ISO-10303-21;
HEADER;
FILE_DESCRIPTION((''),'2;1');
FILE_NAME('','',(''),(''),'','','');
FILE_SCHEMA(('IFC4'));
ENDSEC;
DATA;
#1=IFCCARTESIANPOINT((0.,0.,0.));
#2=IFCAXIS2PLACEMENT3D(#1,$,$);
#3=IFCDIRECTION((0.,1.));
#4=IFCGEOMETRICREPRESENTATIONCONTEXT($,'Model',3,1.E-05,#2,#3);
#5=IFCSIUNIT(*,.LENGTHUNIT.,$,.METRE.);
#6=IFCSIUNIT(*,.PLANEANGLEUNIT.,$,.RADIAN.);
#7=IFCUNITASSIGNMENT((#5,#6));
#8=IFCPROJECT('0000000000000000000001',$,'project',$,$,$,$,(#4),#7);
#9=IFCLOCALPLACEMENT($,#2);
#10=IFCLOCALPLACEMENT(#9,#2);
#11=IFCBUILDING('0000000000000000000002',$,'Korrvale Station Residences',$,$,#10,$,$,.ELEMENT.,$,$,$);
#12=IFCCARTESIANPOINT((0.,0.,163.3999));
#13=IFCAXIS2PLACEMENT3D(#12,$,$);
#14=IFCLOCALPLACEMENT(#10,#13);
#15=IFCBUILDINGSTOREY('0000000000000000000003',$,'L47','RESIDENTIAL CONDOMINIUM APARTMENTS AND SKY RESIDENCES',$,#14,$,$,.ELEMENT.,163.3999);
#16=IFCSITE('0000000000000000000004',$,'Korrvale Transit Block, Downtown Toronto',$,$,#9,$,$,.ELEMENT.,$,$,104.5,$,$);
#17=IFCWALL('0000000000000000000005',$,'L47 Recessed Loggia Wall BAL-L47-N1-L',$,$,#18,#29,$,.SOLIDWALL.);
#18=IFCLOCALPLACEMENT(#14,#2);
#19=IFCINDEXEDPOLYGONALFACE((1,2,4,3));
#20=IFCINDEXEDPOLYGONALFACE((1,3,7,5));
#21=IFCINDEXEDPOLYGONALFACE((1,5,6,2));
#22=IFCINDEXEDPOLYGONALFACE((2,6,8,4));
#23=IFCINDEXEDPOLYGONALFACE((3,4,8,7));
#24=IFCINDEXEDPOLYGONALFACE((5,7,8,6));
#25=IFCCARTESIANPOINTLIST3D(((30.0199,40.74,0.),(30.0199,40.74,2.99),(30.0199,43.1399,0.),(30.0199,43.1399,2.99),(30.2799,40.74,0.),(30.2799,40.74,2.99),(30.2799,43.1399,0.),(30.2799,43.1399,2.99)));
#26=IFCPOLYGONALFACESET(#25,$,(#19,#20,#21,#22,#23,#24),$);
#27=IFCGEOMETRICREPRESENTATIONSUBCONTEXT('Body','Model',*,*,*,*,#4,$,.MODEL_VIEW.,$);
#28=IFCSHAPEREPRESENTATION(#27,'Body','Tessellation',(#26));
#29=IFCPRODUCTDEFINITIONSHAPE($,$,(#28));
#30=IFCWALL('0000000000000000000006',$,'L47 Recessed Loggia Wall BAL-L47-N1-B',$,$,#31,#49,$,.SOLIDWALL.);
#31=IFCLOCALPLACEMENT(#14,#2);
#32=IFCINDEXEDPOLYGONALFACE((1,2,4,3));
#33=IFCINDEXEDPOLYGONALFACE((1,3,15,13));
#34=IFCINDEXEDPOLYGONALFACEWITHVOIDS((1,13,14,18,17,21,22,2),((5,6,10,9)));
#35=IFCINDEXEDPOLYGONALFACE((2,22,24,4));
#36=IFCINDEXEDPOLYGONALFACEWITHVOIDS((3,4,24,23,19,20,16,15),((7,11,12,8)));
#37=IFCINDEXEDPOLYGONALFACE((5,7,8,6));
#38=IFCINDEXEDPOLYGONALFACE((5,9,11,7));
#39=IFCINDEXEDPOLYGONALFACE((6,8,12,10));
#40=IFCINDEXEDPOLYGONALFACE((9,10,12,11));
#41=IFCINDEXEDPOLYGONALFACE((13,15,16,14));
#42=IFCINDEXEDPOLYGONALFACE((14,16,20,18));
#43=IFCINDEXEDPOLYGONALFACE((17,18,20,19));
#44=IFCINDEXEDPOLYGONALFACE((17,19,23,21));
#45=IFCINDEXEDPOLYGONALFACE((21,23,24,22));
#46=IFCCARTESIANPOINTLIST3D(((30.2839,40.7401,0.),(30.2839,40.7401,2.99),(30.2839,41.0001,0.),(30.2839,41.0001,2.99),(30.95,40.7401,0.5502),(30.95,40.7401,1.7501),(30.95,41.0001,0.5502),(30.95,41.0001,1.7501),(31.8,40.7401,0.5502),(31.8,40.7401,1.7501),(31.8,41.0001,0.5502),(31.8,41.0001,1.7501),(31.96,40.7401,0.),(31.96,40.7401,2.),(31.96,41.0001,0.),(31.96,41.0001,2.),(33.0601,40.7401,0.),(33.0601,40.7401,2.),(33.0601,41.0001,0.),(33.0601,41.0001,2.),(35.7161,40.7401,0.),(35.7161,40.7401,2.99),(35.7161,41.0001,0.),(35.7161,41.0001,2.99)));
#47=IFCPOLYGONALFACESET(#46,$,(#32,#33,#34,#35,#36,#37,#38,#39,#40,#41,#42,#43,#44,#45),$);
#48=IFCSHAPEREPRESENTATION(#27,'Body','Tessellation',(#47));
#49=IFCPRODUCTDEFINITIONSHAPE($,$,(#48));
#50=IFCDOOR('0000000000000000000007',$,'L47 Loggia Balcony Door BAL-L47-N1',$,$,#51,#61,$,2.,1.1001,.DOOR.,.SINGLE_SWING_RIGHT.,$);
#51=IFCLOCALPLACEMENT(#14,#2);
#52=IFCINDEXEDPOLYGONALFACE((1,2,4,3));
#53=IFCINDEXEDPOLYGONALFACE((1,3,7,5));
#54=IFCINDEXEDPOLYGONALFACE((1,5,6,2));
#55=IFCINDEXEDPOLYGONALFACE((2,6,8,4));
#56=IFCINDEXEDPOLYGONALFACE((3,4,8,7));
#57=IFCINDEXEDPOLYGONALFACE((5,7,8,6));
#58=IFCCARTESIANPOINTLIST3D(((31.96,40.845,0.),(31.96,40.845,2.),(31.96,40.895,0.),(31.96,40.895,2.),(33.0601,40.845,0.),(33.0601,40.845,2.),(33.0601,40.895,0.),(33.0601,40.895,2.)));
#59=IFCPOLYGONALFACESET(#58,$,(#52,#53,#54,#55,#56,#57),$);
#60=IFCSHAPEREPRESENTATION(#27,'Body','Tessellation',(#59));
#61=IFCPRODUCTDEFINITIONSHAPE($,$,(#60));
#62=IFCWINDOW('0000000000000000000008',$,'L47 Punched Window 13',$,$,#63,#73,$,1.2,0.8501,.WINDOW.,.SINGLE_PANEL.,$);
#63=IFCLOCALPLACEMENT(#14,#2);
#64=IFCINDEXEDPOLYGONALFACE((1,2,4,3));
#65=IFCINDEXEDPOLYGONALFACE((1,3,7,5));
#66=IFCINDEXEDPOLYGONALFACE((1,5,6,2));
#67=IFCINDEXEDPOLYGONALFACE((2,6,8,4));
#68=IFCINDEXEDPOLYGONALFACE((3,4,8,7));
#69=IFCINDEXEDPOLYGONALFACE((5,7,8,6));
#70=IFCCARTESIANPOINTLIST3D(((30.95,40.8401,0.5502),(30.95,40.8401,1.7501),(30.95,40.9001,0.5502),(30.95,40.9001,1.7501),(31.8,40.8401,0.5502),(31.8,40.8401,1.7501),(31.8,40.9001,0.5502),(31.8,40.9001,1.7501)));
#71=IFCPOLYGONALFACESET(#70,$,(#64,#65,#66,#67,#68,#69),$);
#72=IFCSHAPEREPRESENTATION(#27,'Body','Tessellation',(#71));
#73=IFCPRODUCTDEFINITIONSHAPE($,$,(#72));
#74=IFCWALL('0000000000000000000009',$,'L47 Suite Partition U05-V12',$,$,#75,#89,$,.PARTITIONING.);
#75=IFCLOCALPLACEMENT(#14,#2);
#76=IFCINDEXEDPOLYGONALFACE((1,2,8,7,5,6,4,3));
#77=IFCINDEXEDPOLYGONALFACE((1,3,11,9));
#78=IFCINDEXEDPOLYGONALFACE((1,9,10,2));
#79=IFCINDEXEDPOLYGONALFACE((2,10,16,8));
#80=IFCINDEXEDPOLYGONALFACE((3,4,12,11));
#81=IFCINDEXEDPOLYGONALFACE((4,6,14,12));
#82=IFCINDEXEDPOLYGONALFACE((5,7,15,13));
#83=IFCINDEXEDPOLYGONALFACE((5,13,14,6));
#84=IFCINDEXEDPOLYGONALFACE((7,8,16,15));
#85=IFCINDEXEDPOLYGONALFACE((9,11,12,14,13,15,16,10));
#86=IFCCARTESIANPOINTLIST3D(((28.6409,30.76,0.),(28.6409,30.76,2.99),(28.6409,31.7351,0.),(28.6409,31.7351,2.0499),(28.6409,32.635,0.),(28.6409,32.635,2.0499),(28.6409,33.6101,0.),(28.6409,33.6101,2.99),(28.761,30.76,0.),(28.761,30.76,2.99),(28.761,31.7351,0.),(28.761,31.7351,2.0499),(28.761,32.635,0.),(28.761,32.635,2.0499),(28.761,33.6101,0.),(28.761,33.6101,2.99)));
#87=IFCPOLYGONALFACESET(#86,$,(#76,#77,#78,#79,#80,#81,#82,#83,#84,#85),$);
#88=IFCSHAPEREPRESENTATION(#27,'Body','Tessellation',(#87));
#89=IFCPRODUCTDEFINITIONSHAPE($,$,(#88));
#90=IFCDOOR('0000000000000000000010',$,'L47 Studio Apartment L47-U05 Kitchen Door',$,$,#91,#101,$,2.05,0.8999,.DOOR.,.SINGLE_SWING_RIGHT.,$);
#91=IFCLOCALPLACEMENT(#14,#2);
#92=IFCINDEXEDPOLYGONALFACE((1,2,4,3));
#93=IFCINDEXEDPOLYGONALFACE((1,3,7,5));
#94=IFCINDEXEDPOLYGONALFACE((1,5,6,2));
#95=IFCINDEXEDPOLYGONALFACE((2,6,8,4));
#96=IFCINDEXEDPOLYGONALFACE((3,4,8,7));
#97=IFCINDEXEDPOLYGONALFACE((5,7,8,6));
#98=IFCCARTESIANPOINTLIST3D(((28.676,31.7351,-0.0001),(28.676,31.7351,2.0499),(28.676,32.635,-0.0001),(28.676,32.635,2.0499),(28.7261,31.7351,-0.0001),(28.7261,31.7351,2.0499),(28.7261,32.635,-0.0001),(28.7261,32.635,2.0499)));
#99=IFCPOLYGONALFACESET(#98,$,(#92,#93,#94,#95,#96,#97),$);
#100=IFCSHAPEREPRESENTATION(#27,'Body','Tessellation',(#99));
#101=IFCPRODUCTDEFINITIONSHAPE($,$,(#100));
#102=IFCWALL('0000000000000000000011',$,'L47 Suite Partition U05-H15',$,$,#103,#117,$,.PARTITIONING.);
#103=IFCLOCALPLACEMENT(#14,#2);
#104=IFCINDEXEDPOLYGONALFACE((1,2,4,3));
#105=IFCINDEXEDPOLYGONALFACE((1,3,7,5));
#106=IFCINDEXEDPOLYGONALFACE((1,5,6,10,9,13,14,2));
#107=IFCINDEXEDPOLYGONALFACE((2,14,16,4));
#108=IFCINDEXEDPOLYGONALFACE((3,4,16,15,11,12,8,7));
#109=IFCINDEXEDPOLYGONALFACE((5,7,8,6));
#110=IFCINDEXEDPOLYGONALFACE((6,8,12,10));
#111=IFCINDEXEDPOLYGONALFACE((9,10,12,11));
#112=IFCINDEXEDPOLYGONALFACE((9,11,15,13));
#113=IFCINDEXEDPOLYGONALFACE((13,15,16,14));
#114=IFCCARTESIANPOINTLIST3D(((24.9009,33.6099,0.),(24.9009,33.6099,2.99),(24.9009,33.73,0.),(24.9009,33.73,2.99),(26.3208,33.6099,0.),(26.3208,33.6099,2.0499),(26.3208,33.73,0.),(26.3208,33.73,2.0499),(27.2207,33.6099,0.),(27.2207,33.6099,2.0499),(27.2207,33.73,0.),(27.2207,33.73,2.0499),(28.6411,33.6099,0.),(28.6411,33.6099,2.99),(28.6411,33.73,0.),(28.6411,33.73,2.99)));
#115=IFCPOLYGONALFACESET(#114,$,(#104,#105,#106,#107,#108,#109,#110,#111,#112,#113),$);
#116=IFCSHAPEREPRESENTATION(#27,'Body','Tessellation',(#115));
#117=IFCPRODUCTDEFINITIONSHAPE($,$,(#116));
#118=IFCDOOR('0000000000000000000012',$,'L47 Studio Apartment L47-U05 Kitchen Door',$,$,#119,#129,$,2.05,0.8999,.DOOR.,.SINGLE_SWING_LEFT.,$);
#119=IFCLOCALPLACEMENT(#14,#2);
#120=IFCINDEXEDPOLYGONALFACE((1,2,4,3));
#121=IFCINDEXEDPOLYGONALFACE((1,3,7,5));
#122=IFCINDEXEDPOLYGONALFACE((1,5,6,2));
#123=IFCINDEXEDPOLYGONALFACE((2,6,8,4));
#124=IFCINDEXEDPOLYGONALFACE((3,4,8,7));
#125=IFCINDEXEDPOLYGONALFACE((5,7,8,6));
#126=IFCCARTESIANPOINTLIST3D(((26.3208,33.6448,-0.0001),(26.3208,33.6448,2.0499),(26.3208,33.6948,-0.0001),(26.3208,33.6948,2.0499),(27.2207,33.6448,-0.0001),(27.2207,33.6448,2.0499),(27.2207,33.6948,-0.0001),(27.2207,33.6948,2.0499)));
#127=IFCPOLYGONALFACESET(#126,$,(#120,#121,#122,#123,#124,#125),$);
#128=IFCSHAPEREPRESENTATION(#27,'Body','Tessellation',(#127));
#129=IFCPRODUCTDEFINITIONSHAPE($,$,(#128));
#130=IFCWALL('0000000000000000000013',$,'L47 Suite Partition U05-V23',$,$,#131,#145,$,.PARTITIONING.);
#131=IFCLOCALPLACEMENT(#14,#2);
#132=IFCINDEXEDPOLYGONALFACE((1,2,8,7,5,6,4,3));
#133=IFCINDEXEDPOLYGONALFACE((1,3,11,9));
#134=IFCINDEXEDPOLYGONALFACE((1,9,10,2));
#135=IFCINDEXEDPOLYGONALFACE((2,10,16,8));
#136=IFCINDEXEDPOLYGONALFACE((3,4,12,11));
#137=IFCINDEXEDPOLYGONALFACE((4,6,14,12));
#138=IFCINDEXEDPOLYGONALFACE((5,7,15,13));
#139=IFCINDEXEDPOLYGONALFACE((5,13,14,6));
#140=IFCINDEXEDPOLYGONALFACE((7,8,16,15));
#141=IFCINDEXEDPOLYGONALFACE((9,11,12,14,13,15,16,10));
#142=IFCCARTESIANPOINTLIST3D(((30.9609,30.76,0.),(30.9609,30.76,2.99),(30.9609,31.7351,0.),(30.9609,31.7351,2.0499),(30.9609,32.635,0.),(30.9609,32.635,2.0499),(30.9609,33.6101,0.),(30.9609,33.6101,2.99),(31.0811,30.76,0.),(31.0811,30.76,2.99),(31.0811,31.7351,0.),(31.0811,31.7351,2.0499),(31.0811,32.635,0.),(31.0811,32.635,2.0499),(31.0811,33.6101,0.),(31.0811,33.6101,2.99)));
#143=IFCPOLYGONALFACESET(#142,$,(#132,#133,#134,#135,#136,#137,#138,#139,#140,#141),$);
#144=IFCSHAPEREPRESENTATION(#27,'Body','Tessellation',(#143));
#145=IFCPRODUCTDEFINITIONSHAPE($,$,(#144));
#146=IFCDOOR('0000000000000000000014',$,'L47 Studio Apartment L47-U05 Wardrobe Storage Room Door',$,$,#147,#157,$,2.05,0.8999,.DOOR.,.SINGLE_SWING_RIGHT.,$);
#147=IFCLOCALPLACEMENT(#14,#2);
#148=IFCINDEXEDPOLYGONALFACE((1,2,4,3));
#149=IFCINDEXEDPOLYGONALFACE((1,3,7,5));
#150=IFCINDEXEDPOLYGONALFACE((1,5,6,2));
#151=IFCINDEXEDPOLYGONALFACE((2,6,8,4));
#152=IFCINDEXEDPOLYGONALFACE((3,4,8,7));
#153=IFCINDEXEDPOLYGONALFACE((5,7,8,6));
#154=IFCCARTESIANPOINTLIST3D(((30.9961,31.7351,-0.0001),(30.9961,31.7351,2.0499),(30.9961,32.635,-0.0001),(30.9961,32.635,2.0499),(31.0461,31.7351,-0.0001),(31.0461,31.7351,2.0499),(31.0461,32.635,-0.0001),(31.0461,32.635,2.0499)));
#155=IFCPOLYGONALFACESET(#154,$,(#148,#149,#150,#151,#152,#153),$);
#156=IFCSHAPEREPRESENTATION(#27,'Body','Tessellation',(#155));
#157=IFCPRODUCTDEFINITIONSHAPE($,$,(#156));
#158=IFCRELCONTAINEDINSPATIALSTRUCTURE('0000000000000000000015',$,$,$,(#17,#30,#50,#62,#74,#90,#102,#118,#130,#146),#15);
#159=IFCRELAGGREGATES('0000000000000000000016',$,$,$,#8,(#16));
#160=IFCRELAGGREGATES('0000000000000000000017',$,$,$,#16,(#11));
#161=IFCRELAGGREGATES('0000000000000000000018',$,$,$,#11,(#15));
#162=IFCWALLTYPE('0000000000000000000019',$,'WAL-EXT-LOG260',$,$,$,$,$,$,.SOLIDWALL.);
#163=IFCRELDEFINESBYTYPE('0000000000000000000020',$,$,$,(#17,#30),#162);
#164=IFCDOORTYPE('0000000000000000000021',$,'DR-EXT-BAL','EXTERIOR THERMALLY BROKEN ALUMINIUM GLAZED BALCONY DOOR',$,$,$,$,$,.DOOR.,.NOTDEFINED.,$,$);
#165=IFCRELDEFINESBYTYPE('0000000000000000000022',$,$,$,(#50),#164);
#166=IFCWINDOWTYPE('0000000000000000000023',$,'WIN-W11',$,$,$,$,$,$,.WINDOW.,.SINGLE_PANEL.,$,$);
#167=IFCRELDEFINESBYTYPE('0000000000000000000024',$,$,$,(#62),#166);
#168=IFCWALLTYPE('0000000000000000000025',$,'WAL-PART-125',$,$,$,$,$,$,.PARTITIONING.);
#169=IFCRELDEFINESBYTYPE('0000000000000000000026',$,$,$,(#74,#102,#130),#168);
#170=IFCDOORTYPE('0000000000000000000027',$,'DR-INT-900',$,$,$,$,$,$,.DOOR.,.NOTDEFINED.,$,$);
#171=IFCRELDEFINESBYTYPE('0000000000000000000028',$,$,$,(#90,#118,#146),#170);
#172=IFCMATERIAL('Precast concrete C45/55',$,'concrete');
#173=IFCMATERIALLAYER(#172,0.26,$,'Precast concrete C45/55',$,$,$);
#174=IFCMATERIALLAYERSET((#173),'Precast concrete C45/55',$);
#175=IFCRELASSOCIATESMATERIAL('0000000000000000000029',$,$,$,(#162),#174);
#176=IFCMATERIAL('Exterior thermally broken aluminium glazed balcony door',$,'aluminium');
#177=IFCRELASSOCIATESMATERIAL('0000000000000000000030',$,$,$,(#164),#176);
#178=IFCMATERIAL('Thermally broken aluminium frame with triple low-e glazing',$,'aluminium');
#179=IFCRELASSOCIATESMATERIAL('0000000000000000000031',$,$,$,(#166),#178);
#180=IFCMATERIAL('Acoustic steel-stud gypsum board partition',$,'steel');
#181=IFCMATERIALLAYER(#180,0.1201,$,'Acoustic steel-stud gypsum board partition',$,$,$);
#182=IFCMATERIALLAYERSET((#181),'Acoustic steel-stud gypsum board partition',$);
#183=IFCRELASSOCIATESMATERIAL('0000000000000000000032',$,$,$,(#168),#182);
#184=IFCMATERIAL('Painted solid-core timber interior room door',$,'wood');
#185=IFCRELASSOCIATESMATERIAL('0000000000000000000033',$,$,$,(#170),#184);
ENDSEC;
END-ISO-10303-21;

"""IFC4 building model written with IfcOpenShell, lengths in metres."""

from ifc_helpers import new_model, si_unit, direction, frame, frame_2d, origin, place, context, subcontext, project, spatial, rectangle, extrude, material, layer, layer_set, type_object, element, fill, save


model = new_model("IFC4")

# Units and contexts
model_context = context("Model", 3, precision=1e-05, world=origin(), true_north=direction((0.0, 1.0)))
body_context = subcontext(model_context, "Body", "Model", "MODEL_VIEW")
ifc_project = project(units=[si_unit("LENGTHUNIT", "METRE"), si_unit("PLANEANGLEUNIT", "RADIAN")], contexts=[model_context])

# Site, building, storey
site_placement = place(None, origin())
site = spatial("IfcSite", under=ifc_project, at=site_placement, Name="Korrvale Transit Block, Downtown Toronto", CompositionType="ELEMENT", RefElevation=104.5)
building_placement = place(site_placement, origin())
building = spatial("IfcBuilding", under=site, at=building_placement, Name="Korrvale Station Residences", CompositionType="ELEMENT")
storey_placement = place(building_placement, frame((0.0, 0.0, 163.3999)))
storey = spatial("IfcBuildingStorey", under=building, at=storey_placement, Name="L47", Description="RESIDENTIAL CONDOMINIUM APARTMENTS AND SKY RESIDENCES", CompositionType="ELEMENT", Elevation=163.3999)

# Wall
ifc_material_1 = material(Name="Precast concrete C45/55", Category="concrete")
ifc_layer_1 = layer(ifc_material_1, 0.26, Name="Precast concrete C45/55")
ifc_layer_set_1 = layer_set([ifc_layer_1], Name="Precast concrete C45/55")
wall_type_1 = type_object("IfcWallType", Name="WAL-EXT-LOG260", PredefinedType="SOLIDWALL", material=ifc_layer_set_1)
wall_1_placement = place(storey_placement, frame((30.1499, 43.1399, 0.0), z_axis=(0.0, 0.0, 1.0), x_axis=(0.0, -1.0, 0.0)))
element("IfcWall", 1, at=wall_1_placement, inside=storey, type_object=wall_type_1, Name="L47 Recessed Loggia Wall BAL-L47-N1-L", PredefinedType="SOLIDWALL", context=body_context, shape_type="SweptSolid", body=[
    extrude(rectangle(XDim=2.3999, YDim=0.26, at=frame_2d((1.2, 0.0))), origin(), (0.0, 0.0, 1.0), 2.99),
])

# Wall, openings, door, window
wall_2_placement = place(storey_placement, frame((30.2839, 40.8701, 0.0), z_axis=(0.0, 0.0, 1.0), x_axis=(1.0, 0.0, 0.0)))
wall_2 = element("IfcWall", 2, at=wall_2_placement, inside=storey, type_object=wall_type_1, Name="L47 Recessed Loggia Wall BAL-L47-N1-B", PredefinedType="SOLIDWALL", context=body_context, shape_type="SweptSolid", body=[
    extrude(rectangle(XDim=5.4321, YDim=0.26, at=frame_2d((2.7161, 0.0))), origin(), (0.0, 0.0, 1.0), 2.99),
])
opening_1_placement = place(wall_2_placement, frame((1.676, 0.0, 0.0)))
opening_1 = element("IfcOpeningElement", 3, at=opening_1_placement, cuts=wall_2, PredefinedType="OPENING", context=body_context, shape_type="SweptSolid", body=[
    extrude(rectangle(XDim=1.1001, YDim=2.0, at=frame_2d((0.55, 1.0))), frame((0.0, 0.1401, 0.0), z_axis=(0.0, -1.0, 0.0), x_axis=(1.0, 0.0, 0.0)), (0.0, 0.0, 1.0), 0.28),
])
opening_2_placement = place(wall_2_placement, frame((0.666, 0.0, 0.55)))
opening_2 = element("IfcOpeningElement", 4, at=opening_2_placement, cuts=wall_2, PredefinedType="OPENING", context=body_context, shape_type="SweptSolid", body=[
    extrude(rectangle(XDim=0.8501, YDim=1.2, at=frame_2d((0.425, 0.6001))), frame((0.0, 0.1401, 0.0), z_axis=(0.0, -1.0, 0.0), x_axis=(1.0, 0.0, 0.0)), (0.0, 0.0, 1.0), 0.28),
])
ifc_material_2 = material(Name="Exterior thermally broken aluminium glazed balcony door", Category="aluminium")
door_type_1 = type_object("IfcDoorType", Name="DR-EXT-BAL", Description="EXTERIOR THERMALLY BROKEN ALUMINIUM GLAZED BALCONY DOOR", OperationType="NOTDEFINED", PredefinedType="DOOR", material=ifc_material_2)
door_1_placement = place(opening_1_placement, origin())
door_1 = element("IfcDoor", 5, at=door_1_placement, inside=storey, type_object=door_type_1, Name="L47 Loggia Balcony Door BAL-L47-N1", OperationType="SINGLE_SWING_RIGHT", OverallHeight=2.0, OverallWidth=1.1001, PredefinedType="DOOR", context=body_context, shape_type="SweptSolid", body=[
    extrude(rectangle(XDim=1.1001, YDim=2.0, at=frame_2d((0.55, 1.0))), frame((0.0, 0.0249, 0.0), z_axis=(0.0, -1.0, 0.0), x_axis=(1.0, 0.0, 0.0)), (0.0, 0.0, 1.0), 0.05),
])
fill(opening_1, door_1)
ifc_material_3 = material(Name="Thermally broken aluminium frame with triple low-e glazing", Category="aluminium")
window_type = type_object("IfcWindowType", Name="WIN-W11", PartitioningType="SINGLE_PANEL", PredefinedType="WINDOW", material=ifc_material_3)
window_placement = place(opening_2_placement, origin())
window = element("IfcWindow", 6, at=window_placement, inside=storey, type_object=window_type, Name="L47 Punched Window 13", OverallHeight=1.2, OverallWidth=0.8501, PartitioningType="SINGLE_PANEL", PredefinedType="WINDOW", context=body_context, shape_type="SweptSolid", body=[
    extrude(rectangle(XDim=0.8501, YDim=1.2, at=frame_2d((0.425, 0.6001))), frame((0.0, 0.03, 0.0), z_axis=(0.0, -1.0, 0.0), x_axis=(1.0, 0.0, 0.0)), (0.0, 0.0, 1.0), 0.0601),
])
fill(opening_2, window)

# Walls, openings, doors
ifc_material_4 = material(Name="Acoustic steel-stud gypsum board partition", Category="steel")
ifc_layer_2 = layer(ifc_material_4, 0.1201, Name="Acoustic steel-stud gypsum board partition")
ifc_layer_set_2 = layer_set([ifc_layer_2], Name="Acoustic steel-stud gypsum board partition")
wall_type_2 = type_object("IfcWallType", Name="WAL-PART-125", PredefinedType="PARTITIONING", material=ifc_layer_set_2)
wall_3_placement = place(storey_placement, frame((28.7009, 30.76, 0.0), z_axis=(0.0, 0.0, 1.0), x_axis=(0.0, 1.0, 0.0)))
wall_3 = element("IfcWall", 7, at=wall_3_placement, inside=storey, type_object=wall_type_2, Name="L47 Suite Partition U05-V12", PredefinedType="PARTITIONING", context=body_context, shape_type="SweptSolid", body=[
    extrude(rectangle(XDim=2.8501, YDim=0.1201, at=frame_2d((1.425, 0.0))), origin(), (0.0, 0.0, 1.0), 2.99),
])
opening_3_placement = place(wall_3_placement, frame((0.9751, 0.0, 0.0)))
opening_3 = element("IfcOpeningElement", 8, at=opening_3_placement, cuts=wall_3, PredefinedType="OPENING", context=body_context, shape_type="SweptSolid", body=[
    extrude(rectangle(XDim=0.8999, YDim=2.05, at=frame_2d((0.45, 1.0249))), frame((0.0, 0.0701, 0.0), z_axis=(0.0, -1.0, 0.0), x_axis=(1.0, 0.0, 0.0)), (0.0, 0.0, 1.0), 0.1401),
])
ifc_material_5 = material(Name="Painted solid-core timber interior room door", Category="wood")
door_type_2 = type_object("IfcDoorType", Name="DR-INT-900", OperationType="NOTDEFINED", PredefinedType="DOOR", material=ifc_material_5)
door_2_placement = place(opening_3_placement, origin())
door_2 = element("IfcDoor", 9, at=door_2_placement, inside=storey, type_object=door_type_2, Name="L47 Studio Apartment L47-U05 Kitchen Door", OperationType="SINGLE_SWING_RIGHT", OverallHeight=2.05, OverallWidth=0.8999, PredefinedType="DOOR", context=body_context, shape_type="SweptSolid", body=[
    extrude(rectangle(XDim=0.8999, YDim=2.05, at=frame_2d((0.45, 1.0249))), frame((0.0, 0.0249, 0.0), z_axis=(0.0, -1.0, 0.0), x_axis=(1.0, 0.0, 0.0)), (0.0, 0.0, 1.0), 0.05),
])
fill(opening_3, door_2)
wall_4_placement = place(storey_placement, frame((24.9009, 33.6699, 0.0), z_axis=(0.0, 0.0, 1.0), x_axis=(1.0, 0.0, 0.0)))
wall_4 = element("IfcWall", 10, at=wall_4_placement, inside=storey, type_object=wall_type_2, Name="L47 Suite Partition U05-H15", PredefinedType="PARTITIONING", context=body_context, shape_type="SweptSolid", body=[
    extrude(rectangle(XDim=3.7402, YDim=0.1201, at=frame_2d((1.8701, 0.0))), origin(), (0.0, 0.0, 1.0), 2.99),
])
opening_4_placement = place(wall_4_placement, frame((1.4199, 0.0, 0.0)))
opening_4 = element("IfcOpeningElement", 11, at=opening_4_placement, cuts=wall_4, PredefinedType="OPENING", context=body_context, shape_type="SweptSolid", body=[
    extrude(rectangle(XDim=0.8999, YDim=2.05, at=frame_2d((0.45, 1.0249))), frame((0.0, 0.0701, 0.0), z_axis=(0.0, -1.0, 0.0), x_axis=(1.0, 0.0, 0.0)), (0.0, 0.0, 1.0), 0.1401),
])
door_3_placement = place(opening_4_placement, origin())
door_3 = element("IfcDoor", 12, at=door_3_placement, inside=storey, type_object=door_type_2, Name="L47 Studio Apartment L47-U05 Kitchen Door", OperationType="SINGLE_SWING_LEFT", OverallHeight=2.05, OverallWidth=0.8999, PredefinedType="DOOR", context=body_context, shape_type="SweptSolid", body=[
    extrude(rectangle(XDim=0.8999, YDim=2.05, at=frame_2d((0.45, 1.0249))), frame((0.0, 0.0249, 0.0), z_axis=(0.0, -1.0, 0.0), x_axis=(1.0, 0.0, 0.0)), (0.0, 0.0, 1.0), 0.05),
])
fill(opening_4, door_3)
wall_5_placement = place(storey_placement, frame((31.021, 30.76, 0.0), z_axis=(0.0, 0.0, 1.0), x_axis=(0.0, 1.0, 0.0)))
wall_5 = element("IfcWall", 13, at=wall_5_placement, inside=storey, type_object=wall_type_2, Name="L47 Suite Partition U05-V23", PredefinedType="PARTITIONING", context=body_context, shape_type="SweptSolid", body=[
    extrude(rectangle(XDim=2.8501, YDim=0.1201, at=frame_2d((1.425, 0.0))), origin(), (0.0, 0.0, 1.0), 2.99),
])
opening_5_placement = place(wall_5_placement, frame((0.9751, 0.0, 0.0)))
opening_5 = element("IfcOpeningElement", 14, at=opening_5_placement, cuts=wall_5, PredefinedType="OPENING", context=body_context, shape_type="SweptSolid", body=[
    extrude(rectangle(XDim=0.8999, YDim=2.05, at=frame_2d((0.45, 1.0249))), frame((0.0, 0.0701, 0.0), z_axis=(0.0, -1.0, 0.0), x_axis=(1.0, 0.0, 0.0)), (0.0, 0.0, 1.0), 0.1401),
])
door_4_placement = place(opening_5_placement, origin())
door_4 = element("IfcDoor", 15, at=door_4_placement, inside=storey, type_object=door_type_2, Name="L47 Studio Apartment L47-U05 Wardrobe Storage Room Door", OperationType="SINGLE_SWING_RIGHT", OverallHeight=2.05, OverallWidth=0.8999, PredefinedType="DOOR", context=body_context, shape_type="SweptSolid", body=[
    extrude(rectangle(XDim=0.8999, YDim=2.05, at=frame_2d((0.45, 1.0249))), frame((0.0, 0.0249, 0.0), z_axis=(0.0, -1.0, 0.0), x_axis=(1.0, 0.0, 0.0)), (0.0, 0.0, 1.0), 0.05),
])
fill(opening_5, door_4)

save(model, "model.ifc")
